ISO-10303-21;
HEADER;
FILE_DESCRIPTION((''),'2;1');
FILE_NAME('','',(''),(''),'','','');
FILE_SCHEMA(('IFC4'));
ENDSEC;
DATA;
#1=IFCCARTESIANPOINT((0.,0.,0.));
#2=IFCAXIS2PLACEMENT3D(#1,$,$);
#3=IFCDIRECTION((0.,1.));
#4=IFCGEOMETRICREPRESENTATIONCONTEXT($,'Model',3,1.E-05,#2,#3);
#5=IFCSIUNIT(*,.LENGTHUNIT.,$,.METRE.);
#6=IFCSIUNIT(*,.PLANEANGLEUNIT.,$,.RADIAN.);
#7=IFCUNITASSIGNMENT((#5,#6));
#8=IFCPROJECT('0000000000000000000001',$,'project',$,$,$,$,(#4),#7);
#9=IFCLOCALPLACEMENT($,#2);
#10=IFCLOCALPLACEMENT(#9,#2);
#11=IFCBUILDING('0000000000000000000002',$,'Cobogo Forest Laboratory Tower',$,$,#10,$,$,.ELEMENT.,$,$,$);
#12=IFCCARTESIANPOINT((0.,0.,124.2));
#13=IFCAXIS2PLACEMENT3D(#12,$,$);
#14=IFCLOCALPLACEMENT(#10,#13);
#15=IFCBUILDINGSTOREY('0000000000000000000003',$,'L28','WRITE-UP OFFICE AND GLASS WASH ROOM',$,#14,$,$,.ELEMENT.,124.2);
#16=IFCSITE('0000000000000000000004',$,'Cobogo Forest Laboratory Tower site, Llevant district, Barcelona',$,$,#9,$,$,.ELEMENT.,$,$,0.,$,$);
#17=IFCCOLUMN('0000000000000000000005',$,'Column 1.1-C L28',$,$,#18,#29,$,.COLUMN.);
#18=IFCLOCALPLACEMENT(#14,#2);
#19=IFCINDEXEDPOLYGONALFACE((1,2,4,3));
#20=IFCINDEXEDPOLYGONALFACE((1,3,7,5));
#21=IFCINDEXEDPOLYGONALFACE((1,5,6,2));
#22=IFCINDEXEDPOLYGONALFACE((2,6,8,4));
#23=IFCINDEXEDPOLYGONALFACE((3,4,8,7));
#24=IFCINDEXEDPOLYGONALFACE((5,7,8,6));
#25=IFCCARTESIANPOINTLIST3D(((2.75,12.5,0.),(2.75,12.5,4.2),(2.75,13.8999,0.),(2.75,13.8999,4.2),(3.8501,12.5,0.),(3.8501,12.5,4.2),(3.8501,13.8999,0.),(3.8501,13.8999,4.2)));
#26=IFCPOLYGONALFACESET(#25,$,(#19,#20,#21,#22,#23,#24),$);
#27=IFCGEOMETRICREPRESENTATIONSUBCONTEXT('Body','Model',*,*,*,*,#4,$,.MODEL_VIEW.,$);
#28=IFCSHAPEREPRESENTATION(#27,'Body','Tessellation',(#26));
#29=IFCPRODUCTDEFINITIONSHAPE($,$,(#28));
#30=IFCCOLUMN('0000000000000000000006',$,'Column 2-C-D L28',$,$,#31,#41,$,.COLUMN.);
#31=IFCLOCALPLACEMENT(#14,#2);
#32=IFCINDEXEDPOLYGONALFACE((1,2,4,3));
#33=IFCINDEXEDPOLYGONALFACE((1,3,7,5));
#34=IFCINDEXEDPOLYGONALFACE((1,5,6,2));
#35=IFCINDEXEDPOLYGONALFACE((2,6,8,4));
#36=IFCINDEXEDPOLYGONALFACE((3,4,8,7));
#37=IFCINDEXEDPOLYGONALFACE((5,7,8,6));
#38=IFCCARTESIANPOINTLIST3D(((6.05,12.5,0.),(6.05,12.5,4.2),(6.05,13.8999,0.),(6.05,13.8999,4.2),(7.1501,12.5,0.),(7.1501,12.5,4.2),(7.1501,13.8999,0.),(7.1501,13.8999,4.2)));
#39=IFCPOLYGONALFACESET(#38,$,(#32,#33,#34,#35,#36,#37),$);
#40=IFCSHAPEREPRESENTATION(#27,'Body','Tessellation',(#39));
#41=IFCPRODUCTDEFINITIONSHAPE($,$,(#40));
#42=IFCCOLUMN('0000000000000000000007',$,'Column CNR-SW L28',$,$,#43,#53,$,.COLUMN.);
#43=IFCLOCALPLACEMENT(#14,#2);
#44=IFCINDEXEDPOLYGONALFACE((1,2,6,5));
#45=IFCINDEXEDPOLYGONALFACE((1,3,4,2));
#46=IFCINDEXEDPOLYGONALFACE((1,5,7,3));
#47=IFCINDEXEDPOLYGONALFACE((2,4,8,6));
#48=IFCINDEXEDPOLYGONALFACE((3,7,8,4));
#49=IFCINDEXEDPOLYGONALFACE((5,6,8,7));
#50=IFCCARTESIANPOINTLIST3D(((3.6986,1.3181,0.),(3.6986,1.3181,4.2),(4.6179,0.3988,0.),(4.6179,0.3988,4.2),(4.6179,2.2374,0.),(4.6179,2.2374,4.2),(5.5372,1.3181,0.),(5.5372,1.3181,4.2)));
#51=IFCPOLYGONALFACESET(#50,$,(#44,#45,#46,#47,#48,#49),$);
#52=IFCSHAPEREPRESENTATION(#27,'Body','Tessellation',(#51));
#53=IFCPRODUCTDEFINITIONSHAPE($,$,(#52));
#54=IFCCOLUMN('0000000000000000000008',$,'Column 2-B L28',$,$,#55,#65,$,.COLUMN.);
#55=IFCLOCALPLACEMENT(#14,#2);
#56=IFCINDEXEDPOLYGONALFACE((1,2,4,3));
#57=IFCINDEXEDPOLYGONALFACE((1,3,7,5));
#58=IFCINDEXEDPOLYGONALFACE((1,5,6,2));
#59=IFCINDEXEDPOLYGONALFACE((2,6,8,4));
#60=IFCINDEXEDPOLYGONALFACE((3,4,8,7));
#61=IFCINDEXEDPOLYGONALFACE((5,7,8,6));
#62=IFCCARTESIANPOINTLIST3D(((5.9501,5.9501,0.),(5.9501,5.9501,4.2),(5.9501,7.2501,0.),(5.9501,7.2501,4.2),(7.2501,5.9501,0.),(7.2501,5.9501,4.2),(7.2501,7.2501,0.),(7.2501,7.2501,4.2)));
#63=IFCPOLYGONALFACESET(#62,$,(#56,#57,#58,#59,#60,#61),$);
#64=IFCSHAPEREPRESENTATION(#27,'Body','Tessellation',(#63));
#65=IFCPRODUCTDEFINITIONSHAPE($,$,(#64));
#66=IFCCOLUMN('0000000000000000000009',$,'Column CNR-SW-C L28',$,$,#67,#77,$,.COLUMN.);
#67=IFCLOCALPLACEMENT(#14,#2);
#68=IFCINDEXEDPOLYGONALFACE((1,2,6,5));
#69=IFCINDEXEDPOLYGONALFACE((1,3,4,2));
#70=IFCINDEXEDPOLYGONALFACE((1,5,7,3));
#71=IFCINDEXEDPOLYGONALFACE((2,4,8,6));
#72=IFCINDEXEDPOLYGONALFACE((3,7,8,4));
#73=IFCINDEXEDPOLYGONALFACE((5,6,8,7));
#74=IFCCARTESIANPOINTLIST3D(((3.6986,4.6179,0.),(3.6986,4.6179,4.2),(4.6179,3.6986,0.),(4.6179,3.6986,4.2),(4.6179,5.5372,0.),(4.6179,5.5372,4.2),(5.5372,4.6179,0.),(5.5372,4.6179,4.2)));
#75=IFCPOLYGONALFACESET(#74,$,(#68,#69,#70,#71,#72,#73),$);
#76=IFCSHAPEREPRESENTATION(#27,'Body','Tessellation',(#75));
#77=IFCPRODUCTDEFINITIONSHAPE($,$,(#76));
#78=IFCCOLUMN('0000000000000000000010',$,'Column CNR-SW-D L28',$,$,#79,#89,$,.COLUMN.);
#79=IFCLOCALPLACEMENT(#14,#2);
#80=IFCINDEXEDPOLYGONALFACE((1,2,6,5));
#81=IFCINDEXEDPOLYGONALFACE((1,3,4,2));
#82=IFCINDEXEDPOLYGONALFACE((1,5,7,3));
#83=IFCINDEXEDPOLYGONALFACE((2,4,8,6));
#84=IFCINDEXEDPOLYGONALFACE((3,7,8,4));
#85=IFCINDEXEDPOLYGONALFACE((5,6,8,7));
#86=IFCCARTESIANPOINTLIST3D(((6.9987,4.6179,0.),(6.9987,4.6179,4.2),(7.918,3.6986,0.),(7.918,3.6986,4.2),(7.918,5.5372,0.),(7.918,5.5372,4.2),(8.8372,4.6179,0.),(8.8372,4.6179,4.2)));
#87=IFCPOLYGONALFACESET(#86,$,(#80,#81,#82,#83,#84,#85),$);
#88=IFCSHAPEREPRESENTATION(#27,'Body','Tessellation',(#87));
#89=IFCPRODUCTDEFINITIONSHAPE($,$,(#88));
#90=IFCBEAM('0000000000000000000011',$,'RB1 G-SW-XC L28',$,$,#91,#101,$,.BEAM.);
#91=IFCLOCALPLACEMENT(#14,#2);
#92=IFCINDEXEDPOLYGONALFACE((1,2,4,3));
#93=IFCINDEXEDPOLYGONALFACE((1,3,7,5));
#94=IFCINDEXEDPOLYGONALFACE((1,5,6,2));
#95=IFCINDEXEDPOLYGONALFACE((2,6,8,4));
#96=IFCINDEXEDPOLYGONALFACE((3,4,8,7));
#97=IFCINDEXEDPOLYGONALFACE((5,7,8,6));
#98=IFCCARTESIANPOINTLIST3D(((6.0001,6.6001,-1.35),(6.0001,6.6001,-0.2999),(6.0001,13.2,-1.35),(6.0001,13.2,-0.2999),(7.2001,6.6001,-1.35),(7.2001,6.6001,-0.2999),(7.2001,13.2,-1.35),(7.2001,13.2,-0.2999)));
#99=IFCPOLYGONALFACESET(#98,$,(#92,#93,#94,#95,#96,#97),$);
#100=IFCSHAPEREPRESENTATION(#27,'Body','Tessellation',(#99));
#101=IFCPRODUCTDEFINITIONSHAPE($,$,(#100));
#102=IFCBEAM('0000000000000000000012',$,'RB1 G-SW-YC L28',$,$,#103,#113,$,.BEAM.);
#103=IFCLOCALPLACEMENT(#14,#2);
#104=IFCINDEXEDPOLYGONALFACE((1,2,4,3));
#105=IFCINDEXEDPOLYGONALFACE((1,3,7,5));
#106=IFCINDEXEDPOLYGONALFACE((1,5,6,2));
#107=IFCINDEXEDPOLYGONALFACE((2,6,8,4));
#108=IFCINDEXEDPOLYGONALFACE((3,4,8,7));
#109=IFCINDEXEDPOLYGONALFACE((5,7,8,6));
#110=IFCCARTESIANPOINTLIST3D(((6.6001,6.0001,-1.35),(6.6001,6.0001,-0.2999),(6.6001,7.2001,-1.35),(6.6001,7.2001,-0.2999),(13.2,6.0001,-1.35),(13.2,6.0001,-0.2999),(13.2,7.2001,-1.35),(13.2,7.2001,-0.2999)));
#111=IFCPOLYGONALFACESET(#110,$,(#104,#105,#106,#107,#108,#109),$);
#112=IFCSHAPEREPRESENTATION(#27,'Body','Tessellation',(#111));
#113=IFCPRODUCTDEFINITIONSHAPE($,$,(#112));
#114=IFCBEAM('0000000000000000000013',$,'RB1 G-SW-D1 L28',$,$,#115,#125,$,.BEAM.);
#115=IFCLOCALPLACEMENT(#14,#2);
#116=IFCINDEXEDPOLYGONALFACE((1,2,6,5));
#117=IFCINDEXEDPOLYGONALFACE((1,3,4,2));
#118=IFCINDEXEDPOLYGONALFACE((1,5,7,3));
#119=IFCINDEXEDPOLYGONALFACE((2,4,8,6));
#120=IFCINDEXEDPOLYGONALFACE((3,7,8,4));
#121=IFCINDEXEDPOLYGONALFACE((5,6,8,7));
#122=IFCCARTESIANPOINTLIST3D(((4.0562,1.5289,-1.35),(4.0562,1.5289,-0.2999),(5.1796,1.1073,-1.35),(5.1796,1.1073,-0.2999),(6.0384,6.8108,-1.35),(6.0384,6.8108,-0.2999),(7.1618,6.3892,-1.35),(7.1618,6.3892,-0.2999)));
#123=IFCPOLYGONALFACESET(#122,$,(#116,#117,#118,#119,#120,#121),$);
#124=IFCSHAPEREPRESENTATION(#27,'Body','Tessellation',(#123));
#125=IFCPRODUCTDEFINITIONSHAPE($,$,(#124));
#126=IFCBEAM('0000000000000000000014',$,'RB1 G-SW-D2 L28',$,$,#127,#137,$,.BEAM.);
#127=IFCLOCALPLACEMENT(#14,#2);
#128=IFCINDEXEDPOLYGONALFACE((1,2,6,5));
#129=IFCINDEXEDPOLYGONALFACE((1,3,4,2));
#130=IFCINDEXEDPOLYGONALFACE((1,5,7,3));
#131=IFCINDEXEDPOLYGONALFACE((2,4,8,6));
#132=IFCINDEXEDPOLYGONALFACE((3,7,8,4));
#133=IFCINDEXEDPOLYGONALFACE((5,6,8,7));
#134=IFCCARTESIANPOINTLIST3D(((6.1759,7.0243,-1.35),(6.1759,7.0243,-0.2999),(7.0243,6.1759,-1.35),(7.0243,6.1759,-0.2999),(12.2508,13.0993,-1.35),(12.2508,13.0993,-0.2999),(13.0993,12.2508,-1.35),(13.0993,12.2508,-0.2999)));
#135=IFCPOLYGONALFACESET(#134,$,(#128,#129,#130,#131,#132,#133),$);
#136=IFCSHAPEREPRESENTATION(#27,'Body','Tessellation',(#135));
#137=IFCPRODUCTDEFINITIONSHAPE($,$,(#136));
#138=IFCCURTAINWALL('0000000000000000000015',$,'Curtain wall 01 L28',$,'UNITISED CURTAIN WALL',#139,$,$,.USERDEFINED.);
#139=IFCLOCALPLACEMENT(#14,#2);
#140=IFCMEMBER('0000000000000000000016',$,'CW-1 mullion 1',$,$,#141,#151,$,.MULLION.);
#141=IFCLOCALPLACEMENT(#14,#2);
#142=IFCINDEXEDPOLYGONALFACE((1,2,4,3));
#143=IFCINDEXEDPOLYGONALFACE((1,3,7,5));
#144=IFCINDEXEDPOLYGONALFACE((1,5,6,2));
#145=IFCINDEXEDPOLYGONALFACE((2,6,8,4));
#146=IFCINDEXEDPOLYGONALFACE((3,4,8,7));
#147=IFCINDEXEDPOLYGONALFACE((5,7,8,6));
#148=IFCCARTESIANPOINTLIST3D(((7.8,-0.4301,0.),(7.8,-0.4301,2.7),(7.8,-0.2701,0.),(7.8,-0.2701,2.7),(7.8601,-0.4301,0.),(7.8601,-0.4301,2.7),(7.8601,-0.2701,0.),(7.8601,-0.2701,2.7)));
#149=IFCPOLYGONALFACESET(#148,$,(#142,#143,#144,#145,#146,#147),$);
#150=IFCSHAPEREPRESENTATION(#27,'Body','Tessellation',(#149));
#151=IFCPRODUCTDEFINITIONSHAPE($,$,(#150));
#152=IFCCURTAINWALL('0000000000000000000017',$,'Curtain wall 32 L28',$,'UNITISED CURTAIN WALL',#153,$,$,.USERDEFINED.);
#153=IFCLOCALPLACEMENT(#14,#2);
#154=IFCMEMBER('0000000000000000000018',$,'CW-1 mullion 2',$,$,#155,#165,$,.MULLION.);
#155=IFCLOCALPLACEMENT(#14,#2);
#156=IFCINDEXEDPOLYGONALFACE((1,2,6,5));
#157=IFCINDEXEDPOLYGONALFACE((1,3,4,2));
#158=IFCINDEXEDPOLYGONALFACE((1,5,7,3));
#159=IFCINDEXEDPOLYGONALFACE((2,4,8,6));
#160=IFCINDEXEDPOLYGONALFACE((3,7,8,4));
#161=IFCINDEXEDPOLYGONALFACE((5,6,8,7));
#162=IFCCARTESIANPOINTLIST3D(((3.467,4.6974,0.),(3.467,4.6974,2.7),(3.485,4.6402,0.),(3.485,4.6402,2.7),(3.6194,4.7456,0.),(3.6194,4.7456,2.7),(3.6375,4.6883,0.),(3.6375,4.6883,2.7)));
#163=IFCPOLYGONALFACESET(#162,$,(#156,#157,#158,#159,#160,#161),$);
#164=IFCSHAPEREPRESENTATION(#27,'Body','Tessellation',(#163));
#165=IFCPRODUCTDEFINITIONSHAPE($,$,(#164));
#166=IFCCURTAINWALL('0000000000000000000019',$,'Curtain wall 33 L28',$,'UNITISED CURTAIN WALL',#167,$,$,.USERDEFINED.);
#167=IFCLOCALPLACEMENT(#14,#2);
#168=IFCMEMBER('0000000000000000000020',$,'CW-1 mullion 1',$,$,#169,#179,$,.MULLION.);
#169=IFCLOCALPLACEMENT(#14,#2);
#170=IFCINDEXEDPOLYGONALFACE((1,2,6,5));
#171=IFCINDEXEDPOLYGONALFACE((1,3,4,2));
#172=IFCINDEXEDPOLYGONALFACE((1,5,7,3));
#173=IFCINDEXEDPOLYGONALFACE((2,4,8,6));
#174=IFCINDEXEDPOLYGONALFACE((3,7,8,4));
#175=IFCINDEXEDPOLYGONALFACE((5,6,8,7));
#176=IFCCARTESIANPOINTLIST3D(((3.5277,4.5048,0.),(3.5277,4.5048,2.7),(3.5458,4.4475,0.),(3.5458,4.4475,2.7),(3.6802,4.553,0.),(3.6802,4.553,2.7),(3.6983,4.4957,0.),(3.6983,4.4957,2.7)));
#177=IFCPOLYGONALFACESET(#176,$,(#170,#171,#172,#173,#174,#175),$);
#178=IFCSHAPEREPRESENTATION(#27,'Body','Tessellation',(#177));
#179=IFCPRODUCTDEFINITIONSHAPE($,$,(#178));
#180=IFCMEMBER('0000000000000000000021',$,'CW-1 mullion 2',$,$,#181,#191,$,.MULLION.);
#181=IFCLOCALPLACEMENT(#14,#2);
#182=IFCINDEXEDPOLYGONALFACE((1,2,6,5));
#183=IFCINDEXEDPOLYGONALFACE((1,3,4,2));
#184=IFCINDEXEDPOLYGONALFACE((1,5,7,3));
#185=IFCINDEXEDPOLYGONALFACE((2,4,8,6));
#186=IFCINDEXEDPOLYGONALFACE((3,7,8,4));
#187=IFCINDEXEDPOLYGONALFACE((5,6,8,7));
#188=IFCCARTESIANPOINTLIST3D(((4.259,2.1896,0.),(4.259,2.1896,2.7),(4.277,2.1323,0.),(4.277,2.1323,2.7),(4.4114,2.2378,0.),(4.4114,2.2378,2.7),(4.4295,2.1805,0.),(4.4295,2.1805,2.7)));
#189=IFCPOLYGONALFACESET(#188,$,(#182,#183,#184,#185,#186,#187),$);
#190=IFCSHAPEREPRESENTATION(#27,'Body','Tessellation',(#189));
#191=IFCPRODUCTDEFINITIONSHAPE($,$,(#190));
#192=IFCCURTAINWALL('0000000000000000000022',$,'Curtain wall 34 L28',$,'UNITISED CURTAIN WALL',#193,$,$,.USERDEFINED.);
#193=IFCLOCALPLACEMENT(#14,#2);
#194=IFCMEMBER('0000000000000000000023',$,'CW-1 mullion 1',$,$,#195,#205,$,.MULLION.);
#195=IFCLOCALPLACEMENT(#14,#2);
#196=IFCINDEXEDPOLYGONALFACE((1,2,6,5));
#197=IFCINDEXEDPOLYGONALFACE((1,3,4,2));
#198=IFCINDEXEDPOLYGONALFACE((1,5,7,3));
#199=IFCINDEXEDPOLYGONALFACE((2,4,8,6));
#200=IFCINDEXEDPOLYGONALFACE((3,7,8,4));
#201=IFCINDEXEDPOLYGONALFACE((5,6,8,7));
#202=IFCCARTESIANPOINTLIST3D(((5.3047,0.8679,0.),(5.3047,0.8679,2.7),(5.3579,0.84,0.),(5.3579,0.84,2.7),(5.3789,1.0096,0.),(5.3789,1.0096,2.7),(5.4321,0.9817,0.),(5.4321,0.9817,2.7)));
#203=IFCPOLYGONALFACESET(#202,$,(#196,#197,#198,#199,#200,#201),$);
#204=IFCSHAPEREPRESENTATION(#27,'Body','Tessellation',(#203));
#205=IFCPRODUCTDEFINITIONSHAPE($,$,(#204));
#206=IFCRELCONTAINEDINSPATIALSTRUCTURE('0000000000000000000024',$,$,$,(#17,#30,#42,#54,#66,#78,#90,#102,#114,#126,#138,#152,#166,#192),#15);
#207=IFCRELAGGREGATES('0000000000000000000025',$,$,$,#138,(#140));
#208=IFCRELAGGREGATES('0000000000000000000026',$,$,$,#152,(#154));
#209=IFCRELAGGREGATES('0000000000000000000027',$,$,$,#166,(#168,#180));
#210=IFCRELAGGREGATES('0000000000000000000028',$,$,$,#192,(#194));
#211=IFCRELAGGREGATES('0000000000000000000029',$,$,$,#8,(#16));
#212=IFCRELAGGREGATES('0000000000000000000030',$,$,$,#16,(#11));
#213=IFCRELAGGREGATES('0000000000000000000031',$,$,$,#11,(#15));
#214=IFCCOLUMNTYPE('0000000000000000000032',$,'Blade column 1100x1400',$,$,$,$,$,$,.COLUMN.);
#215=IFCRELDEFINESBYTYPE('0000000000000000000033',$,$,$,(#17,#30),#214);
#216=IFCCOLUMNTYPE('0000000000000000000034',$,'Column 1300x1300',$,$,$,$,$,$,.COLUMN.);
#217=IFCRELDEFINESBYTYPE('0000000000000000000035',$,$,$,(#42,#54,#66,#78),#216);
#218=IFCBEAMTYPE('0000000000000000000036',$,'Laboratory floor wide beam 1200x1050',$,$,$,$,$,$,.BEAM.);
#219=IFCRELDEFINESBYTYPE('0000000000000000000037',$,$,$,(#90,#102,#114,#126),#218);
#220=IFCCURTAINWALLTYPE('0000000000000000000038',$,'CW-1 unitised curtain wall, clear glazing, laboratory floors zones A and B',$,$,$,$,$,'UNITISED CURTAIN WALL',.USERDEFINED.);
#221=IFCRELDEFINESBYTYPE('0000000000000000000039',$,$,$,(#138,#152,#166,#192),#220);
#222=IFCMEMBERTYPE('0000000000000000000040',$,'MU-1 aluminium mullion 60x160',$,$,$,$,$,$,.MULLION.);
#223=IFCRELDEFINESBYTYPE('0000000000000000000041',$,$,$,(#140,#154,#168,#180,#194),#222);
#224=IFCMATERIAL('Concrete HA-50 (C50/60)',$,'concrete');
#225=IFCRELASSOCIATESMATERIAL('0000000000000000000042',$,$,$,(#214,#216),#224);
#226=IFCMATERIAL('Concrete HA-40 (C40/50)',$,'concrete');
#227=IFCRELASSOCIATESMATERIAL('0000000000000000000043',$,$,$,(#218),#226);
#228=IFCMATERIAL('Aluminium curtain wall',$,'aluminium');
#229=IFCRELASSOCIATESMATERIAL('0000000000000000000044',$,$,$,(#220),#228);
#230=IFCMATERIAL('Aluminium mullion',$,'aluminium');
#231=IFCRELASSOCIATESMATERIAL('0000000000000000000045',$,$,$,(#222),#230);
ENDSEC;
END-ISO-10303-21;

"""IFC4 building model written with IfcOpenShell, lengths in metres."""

from ifc_helpers import new_model, si_unit, direction, frame, origin, origin_2d, place, context, subcontext, project, spatial, rectangle, extrude, material, material_profile, profile_set, type_object, element, aggregate, save


model = new_model("IFC4")

# Units and contexts
model_context = context("Model", 3, precision=1e-05, world=origin(), true_north=direction((0.0, 1.0)))
body_context = subcontext(model_context, "Body", "Model", "MODEL_VIEW")
ifc_project = project(units=[si_unit("LENGTHUNIT", "METRE"), si_unit("PLANEANGLEUNIT", "RADIAN")], contexts=[model_context])

# Site, building, storey
site_placement = place(None, origin())
site = spatial("IfcSite", under=ifc_project, at=site_placement, Name="Cobogo Forest Laboratory Tower site, Llevant district, Barcelona", CompositionType="ELEMENT", RefElevation=0.0)
building_placement = place(site_placement, origin())
building = spatial("IfcBuilding", under=site, at=building_placement, Name="Cobogo Forest Laboratory Tower", CompositionType="ELEMENT")
storey_placement = place(building_placement, frame((0.0, 0.0, 124.2)))
storey = spatial("IfcBuildingStorey", under=building, at=storey_placement, Name="L28", Description="WRITE-UP OFFICE AND GLASS WASH ROOM", CompositionType="ELEMENT", Elevation=124.2)

# Columns
ifc_material_1 = material(Name="Concrete HA-50 (C50/60)", Category="concrete")
ifc_material_profile_1 = material_profile(ifc_material_1, rectangle(XDim=1.3999, YDim=1.1001, at=origin_2d()), Name="RC 1100x1400")
ifc_profile_set_1 = profile_set([ifc_material_profile_1], Name="Concrete HA-50 (C50/60)")
column_type_1 = type_object("IfcColumnType", Name="Blade column 1100x1400", PredefinedType="COLUMN", material=ifc_profile_set_1)
for number, where, z_axis, x_axis, name in (
    (1, (3.3, 13.2, 0.0), (0.0, 0.0, 1.0), (0.0, 1.0, 0.0), "Column 1.1-C L28"),
    (2, (6.6001, 13.2, 0.0), (0.0, 0.0, 1.0), (0.0, 1.0, 0.0), "Column 2-C-D L28"),
):
    element("IfcColumn", number, at=place(storey_placement, frame(where, z_axis=z_axis, x_axis=x_axis)), inside=storey, type_object=column_type_1, Name=name, PredefinedType="COLUMN", context=body_context, shape_type="SweptSolid", body=[
        extrude(rectangle(XDim=1.3999, YDim=1.1001, at=origin_2d()), origin(), (0.0, 0.0, 1.0), 4.2),
    ])
ifc_material_profile_2 = material_profile(ifc_material_1, rectangle(XDim=1.3, YDim=1.3, at=origin_2d()), Name="RC 1300x1300")
ifc_profile_set_2 = profile_set([ifc_material_profile_2], Name="Concrete HA-50 (C50/60)")
column_type_2 = type_object("IfcColumnType", Name="Column 1300x1300", PredefinedType="COLUMN", material=ifc_profile_set_2)
for number, where, z_axis, x_axis, name in (
    (3, (4.6179, 1.3181, 0.0), (0.0, 0.0, 1.0), (0.707107, 0.707107, 0.0), "Column CNR-SW L28"),
    (4, (6.6001, 6.6001, 0.0), (0.0, 0.0, 1.0), (1.0, 0.0, 0.0), "Column 2-B L28"),
    (5, (4.6179, 4.6179, 0.0), (0.0, 0.0, 1.0), (0.707107, 0.707107, 0.0), "Column CNR-SW-C L28"),
    (6, (7.918, 4.6179, 0.0), (0.0, 0.0, 1.0), (0.707107, 0.707107, 0.0), "Column CNR-SW-D L28"),
):
    element("IfcColumn", number, at=place(storey_placement, frame(where, z_axis=z_axis, x_axis=x_axis)), inside=storey, type_object=column_type_2, Name=name, PredefinedType="COLUMN", context=body_context, shape_type="SweptSolid", body=[
        extrude(rectangle(XDim=1.3, YDim=1.3, at=origin_2d()), origin(), (0.0, 0.0, 1.0), 4.2),
    ])

# Beams
ifc_material_2 = material(Name="Concrete HA-40 (C40/50)", Category="concrete")
ifc_material_profile_3 = material_profile(ifc_material_2, rectangle(XDim=1.2, YDim=1.05, at=origin_2d()), Name="RC 1200x1050")
ifc_profile_set_3 = profile_set([ifc_material_profile_3], Name="Concrete HA-40 (C40/50)")
beam_type_1 = type_object("IfcBeamType", Name="Laboratory floor wide beam 1200x1050", PredefinedType="BEAM", material=ifc_profile_set_3)
for number, where, z_axis, x_axis, name in (
    (7, (6.6001, 6.6001, -0.825), (0.0, 1.0, 0.0), (-1.0, 0.0, 0.0), "RB1 G-SW-XC L28"),
    (8, (6.6001, 6.6001, -0.825), (1.0, 0.0, 0.0), (0.0, 1.0, 0.0), "RB1 G-SW-YC L28"),
):
    element("IfcBeam", number, at=place(storey_placement, frame(where, z_axis=z_axis, x_axis=x_axis)), inside=storey, type_object=beam_type_1, Name=name, PredefinedType="BEAM", context=body_context, shape_type="SweptSolid", body=[
        extrude(rectangle(XDim=1.2, YDim=1.05, at=origin_2d()), origin(), (0.0, 0.0, 1.0), 6.5999),
    ])
beam_1_placement = place(storey_placement, frame((4.6179, 1.3181, -0.825), z_axis=(0.351346, 0.936246, 0.0), x_axis=(-0.936246, 0.351346, 0.0)))
element("IfcBeam", 9, at=beam_1_placement, inside=storey, type_object=beam_type_1, Name="RB1 G-SW-D1 L28", PredefinedType="BEAM", context=body_context, shape_type="SweptSolid", body=[
    extrude(rectangle(XDim=1.2, YDim=1.05, at=origin_2d()), origin(), (0.0, 0.0, 1.0), 5.6416),
])
beam_2_placement = place(storey_placement, frame((6.6001, 6.6001, -0.825), z_axis=(0.707107, 0.707107, 0.0), x_axis=(-0.707107, 0.707107, 0.0)))
element("IfcBeam", 10, at=beam_2_placement, inside=storey, type_object=beam_type_1, Name="RB1 G-SW-D2 L28", PredefinedType="BEAM", context=body_context, shape_type="SweptSolid", body=[
    extrude(rectangle(XDim=1.2, YDim=1.05, at=origin_2d()), origin(), (0.0, 0.0, 1.0), 8.5913),
])

# Curtain walls, members
ifc_material_3 = material(Name="Aluminium curtain wall", Category="aluminium")
curtain_wall_type = type_object("IfcCurtainWallType", Name="CW-1 unitised curtain wall, clear glazing, laboratory floors zones A and B", ElementType="UNITISED CURTAIN WALL", PredefinedType="USERDEFINED", material=ifc_material_3)
curtain_wall_1_placement = place(storey_placement, origin())
curtain_wall_1 = element("IfcCurtainWall", 11, at=curtain_wall_1_placement, inside=storey, type_object=curtain_wall_type, Name="Curtain wall 01 L28", ObjectType="UNITISED CURTAIN WALL", PredefinedType="USERDEFINED")
ifc_material_4 = material(Name="Aluminium mullion", Category="aluminium")
ifc_material_profile_4 = material_profile(ifc_material_4, rectangle(XDim=0.0601, YDim=0.1599, at=origin_2d()), Name="AL 60x160")
ifc_profile_set_4 = profile_set([ifc_material_profile_4], Name="Aluminium mullion")
member_type_1 = type_object("IfcMemberType", Name="MU-1 aluminium mullion 60x160", PredefinedType="MULLION", material=ifc_profile_set_4)
member_1_placement = place(storey_placement, frame((7.8301, -0.3501, 0.0), z_axis=(0.0, 0.0, 1.0), x_axis=(1.0, 0.0, 0.0)))
member_1 = element("IfcMember", 12, at=member_1_placement, type_object=member_type_1, Name="CW-1 mullion 1", PredefinedType="MULLION", context=body_context, shape_type="SweptSolid", body=[
    extrude(rectangle(XDim=0.0601, YDim=0.1599, at=origin_2d()), origin(), (0.0, 0.0, 1.0), 2.7),
])
curtain_wall_2_placement = place(storey_placement, origin())
curtain_wall_2 = element("IfcCurtainWall", 13, at=curtain_wall_2_placement, inside=storey, type_object=curtain_wall_type, Name="Curtain wall 32 L28", ObjectType="UNITISED CURTAIN WALL", PredefinedType="USERDEFINED")
member_2_placement = place(storey_placement, frame((3.5522, 4.6929, 0.0), z_axis=(0.0, 0.0, 1.0), x_axis=(0.301135, -0.953581, 0.0)))
member_2 = element("IfcMember", 14, at=member_2_placement, type_object=member_type_1, Name="CW-1 mullion 2", PredefinedType="MULLION", context=body_context, shape_type="SweptSolid", body=[
    extrude(rectangle(XDim=0.0601, YDim=0.1599, at=origin_2d()), origin(), (0.0, 0.0, 1.0), 2.7),
])

# Curtain walls, members
curtain_wall_3_placement = place(storey_placement, origin())
curtain_wall_3 = element("IfcCurtainWall", 15, at=curtain_wall_3_placement, inside=storey, type_object=curtain_wall_type, Name="Curtain wall 33 L28", ObjectType="UNITISED CURTAIN WALL", PredefinedType="USERDEFINED")
member_3_placement = place(storey_placement, frame((3.613, 4.5002, 0.0), z_axis=(0.0, 0.0, 1.0), x_axis=(0.301135, -0.953581, 0.0)))
member_3 = element("IfcMember", 16, at=member_3_placement, type_object=member_type_1, Name="CW-1 mullion 1", PredefinedType="MULLION", context=body_context, shape_type="SweptSolid", body=[
    extrude(rectangle(XDim=0.0601, YDim=0.1599, at=origin_2d()), origin(), (0.0, 0.0, 1.0), 2.7),
])
member_4_placement = place(storey_placement, frame((4.3442, 2.1851, 0.0), z_axis=(0.0, 0.0, 1.0), x_axis=(0.301135, -0.953581, 0.0)))
member_4 = element("IfcMember", 17, at=member_4_placement, type_object=member_type_1, Name="CW-1 mullion 2", PredefinedType="MULLION", context=body_context, shape_type="SweptSolid", body=[
    extrude(rectangle(XDim=0.0601, YDim=0.1599, at=origin_2d()), origin(), (0.0, 0.0, 1.0), 2.7),
])
curtain_wall_4_placement = place(storey_placement, origin())
curtain_wall_4 = element("IfcCurtainWall", 18, at=curtain_wall_4_placement, inside=storey, type_object=curtain_wall_type, Name="Curtain wall 34 L28", ObjectType="UNITISED CURTAIN WALL", PredefinedType="USERDEFINED")
member_5_placement = place(storey_placement, frame((5.3684, 0.9248, 0.0), z_axis=(0.0, 0.0, 1.0), x_axis=(0.885687, -0.464284, 0.0)))
member_5 = element("IfcMember", 19, at=member_5_placement, type_object=member_type_1, Name="CW-1 mullion 1", PredefinedType="MULLION", context=body_context, shape_type="SweptSolid", body=[
    extrude(rectangle(XDim=0.0601, YDim=0.1599, at=origin_2d()), origin(), (0.0, 0.0, 1.0), 2.7),
])

aggregate(curtain_wall_1, [member_1])
aggregate(curtain_wall_2, [member_2])
aggregate(curtain_wall_3, [member_3, member_4])
aggregate(curtain_wall_4, [member_5])

save(model, "model.ifc")
